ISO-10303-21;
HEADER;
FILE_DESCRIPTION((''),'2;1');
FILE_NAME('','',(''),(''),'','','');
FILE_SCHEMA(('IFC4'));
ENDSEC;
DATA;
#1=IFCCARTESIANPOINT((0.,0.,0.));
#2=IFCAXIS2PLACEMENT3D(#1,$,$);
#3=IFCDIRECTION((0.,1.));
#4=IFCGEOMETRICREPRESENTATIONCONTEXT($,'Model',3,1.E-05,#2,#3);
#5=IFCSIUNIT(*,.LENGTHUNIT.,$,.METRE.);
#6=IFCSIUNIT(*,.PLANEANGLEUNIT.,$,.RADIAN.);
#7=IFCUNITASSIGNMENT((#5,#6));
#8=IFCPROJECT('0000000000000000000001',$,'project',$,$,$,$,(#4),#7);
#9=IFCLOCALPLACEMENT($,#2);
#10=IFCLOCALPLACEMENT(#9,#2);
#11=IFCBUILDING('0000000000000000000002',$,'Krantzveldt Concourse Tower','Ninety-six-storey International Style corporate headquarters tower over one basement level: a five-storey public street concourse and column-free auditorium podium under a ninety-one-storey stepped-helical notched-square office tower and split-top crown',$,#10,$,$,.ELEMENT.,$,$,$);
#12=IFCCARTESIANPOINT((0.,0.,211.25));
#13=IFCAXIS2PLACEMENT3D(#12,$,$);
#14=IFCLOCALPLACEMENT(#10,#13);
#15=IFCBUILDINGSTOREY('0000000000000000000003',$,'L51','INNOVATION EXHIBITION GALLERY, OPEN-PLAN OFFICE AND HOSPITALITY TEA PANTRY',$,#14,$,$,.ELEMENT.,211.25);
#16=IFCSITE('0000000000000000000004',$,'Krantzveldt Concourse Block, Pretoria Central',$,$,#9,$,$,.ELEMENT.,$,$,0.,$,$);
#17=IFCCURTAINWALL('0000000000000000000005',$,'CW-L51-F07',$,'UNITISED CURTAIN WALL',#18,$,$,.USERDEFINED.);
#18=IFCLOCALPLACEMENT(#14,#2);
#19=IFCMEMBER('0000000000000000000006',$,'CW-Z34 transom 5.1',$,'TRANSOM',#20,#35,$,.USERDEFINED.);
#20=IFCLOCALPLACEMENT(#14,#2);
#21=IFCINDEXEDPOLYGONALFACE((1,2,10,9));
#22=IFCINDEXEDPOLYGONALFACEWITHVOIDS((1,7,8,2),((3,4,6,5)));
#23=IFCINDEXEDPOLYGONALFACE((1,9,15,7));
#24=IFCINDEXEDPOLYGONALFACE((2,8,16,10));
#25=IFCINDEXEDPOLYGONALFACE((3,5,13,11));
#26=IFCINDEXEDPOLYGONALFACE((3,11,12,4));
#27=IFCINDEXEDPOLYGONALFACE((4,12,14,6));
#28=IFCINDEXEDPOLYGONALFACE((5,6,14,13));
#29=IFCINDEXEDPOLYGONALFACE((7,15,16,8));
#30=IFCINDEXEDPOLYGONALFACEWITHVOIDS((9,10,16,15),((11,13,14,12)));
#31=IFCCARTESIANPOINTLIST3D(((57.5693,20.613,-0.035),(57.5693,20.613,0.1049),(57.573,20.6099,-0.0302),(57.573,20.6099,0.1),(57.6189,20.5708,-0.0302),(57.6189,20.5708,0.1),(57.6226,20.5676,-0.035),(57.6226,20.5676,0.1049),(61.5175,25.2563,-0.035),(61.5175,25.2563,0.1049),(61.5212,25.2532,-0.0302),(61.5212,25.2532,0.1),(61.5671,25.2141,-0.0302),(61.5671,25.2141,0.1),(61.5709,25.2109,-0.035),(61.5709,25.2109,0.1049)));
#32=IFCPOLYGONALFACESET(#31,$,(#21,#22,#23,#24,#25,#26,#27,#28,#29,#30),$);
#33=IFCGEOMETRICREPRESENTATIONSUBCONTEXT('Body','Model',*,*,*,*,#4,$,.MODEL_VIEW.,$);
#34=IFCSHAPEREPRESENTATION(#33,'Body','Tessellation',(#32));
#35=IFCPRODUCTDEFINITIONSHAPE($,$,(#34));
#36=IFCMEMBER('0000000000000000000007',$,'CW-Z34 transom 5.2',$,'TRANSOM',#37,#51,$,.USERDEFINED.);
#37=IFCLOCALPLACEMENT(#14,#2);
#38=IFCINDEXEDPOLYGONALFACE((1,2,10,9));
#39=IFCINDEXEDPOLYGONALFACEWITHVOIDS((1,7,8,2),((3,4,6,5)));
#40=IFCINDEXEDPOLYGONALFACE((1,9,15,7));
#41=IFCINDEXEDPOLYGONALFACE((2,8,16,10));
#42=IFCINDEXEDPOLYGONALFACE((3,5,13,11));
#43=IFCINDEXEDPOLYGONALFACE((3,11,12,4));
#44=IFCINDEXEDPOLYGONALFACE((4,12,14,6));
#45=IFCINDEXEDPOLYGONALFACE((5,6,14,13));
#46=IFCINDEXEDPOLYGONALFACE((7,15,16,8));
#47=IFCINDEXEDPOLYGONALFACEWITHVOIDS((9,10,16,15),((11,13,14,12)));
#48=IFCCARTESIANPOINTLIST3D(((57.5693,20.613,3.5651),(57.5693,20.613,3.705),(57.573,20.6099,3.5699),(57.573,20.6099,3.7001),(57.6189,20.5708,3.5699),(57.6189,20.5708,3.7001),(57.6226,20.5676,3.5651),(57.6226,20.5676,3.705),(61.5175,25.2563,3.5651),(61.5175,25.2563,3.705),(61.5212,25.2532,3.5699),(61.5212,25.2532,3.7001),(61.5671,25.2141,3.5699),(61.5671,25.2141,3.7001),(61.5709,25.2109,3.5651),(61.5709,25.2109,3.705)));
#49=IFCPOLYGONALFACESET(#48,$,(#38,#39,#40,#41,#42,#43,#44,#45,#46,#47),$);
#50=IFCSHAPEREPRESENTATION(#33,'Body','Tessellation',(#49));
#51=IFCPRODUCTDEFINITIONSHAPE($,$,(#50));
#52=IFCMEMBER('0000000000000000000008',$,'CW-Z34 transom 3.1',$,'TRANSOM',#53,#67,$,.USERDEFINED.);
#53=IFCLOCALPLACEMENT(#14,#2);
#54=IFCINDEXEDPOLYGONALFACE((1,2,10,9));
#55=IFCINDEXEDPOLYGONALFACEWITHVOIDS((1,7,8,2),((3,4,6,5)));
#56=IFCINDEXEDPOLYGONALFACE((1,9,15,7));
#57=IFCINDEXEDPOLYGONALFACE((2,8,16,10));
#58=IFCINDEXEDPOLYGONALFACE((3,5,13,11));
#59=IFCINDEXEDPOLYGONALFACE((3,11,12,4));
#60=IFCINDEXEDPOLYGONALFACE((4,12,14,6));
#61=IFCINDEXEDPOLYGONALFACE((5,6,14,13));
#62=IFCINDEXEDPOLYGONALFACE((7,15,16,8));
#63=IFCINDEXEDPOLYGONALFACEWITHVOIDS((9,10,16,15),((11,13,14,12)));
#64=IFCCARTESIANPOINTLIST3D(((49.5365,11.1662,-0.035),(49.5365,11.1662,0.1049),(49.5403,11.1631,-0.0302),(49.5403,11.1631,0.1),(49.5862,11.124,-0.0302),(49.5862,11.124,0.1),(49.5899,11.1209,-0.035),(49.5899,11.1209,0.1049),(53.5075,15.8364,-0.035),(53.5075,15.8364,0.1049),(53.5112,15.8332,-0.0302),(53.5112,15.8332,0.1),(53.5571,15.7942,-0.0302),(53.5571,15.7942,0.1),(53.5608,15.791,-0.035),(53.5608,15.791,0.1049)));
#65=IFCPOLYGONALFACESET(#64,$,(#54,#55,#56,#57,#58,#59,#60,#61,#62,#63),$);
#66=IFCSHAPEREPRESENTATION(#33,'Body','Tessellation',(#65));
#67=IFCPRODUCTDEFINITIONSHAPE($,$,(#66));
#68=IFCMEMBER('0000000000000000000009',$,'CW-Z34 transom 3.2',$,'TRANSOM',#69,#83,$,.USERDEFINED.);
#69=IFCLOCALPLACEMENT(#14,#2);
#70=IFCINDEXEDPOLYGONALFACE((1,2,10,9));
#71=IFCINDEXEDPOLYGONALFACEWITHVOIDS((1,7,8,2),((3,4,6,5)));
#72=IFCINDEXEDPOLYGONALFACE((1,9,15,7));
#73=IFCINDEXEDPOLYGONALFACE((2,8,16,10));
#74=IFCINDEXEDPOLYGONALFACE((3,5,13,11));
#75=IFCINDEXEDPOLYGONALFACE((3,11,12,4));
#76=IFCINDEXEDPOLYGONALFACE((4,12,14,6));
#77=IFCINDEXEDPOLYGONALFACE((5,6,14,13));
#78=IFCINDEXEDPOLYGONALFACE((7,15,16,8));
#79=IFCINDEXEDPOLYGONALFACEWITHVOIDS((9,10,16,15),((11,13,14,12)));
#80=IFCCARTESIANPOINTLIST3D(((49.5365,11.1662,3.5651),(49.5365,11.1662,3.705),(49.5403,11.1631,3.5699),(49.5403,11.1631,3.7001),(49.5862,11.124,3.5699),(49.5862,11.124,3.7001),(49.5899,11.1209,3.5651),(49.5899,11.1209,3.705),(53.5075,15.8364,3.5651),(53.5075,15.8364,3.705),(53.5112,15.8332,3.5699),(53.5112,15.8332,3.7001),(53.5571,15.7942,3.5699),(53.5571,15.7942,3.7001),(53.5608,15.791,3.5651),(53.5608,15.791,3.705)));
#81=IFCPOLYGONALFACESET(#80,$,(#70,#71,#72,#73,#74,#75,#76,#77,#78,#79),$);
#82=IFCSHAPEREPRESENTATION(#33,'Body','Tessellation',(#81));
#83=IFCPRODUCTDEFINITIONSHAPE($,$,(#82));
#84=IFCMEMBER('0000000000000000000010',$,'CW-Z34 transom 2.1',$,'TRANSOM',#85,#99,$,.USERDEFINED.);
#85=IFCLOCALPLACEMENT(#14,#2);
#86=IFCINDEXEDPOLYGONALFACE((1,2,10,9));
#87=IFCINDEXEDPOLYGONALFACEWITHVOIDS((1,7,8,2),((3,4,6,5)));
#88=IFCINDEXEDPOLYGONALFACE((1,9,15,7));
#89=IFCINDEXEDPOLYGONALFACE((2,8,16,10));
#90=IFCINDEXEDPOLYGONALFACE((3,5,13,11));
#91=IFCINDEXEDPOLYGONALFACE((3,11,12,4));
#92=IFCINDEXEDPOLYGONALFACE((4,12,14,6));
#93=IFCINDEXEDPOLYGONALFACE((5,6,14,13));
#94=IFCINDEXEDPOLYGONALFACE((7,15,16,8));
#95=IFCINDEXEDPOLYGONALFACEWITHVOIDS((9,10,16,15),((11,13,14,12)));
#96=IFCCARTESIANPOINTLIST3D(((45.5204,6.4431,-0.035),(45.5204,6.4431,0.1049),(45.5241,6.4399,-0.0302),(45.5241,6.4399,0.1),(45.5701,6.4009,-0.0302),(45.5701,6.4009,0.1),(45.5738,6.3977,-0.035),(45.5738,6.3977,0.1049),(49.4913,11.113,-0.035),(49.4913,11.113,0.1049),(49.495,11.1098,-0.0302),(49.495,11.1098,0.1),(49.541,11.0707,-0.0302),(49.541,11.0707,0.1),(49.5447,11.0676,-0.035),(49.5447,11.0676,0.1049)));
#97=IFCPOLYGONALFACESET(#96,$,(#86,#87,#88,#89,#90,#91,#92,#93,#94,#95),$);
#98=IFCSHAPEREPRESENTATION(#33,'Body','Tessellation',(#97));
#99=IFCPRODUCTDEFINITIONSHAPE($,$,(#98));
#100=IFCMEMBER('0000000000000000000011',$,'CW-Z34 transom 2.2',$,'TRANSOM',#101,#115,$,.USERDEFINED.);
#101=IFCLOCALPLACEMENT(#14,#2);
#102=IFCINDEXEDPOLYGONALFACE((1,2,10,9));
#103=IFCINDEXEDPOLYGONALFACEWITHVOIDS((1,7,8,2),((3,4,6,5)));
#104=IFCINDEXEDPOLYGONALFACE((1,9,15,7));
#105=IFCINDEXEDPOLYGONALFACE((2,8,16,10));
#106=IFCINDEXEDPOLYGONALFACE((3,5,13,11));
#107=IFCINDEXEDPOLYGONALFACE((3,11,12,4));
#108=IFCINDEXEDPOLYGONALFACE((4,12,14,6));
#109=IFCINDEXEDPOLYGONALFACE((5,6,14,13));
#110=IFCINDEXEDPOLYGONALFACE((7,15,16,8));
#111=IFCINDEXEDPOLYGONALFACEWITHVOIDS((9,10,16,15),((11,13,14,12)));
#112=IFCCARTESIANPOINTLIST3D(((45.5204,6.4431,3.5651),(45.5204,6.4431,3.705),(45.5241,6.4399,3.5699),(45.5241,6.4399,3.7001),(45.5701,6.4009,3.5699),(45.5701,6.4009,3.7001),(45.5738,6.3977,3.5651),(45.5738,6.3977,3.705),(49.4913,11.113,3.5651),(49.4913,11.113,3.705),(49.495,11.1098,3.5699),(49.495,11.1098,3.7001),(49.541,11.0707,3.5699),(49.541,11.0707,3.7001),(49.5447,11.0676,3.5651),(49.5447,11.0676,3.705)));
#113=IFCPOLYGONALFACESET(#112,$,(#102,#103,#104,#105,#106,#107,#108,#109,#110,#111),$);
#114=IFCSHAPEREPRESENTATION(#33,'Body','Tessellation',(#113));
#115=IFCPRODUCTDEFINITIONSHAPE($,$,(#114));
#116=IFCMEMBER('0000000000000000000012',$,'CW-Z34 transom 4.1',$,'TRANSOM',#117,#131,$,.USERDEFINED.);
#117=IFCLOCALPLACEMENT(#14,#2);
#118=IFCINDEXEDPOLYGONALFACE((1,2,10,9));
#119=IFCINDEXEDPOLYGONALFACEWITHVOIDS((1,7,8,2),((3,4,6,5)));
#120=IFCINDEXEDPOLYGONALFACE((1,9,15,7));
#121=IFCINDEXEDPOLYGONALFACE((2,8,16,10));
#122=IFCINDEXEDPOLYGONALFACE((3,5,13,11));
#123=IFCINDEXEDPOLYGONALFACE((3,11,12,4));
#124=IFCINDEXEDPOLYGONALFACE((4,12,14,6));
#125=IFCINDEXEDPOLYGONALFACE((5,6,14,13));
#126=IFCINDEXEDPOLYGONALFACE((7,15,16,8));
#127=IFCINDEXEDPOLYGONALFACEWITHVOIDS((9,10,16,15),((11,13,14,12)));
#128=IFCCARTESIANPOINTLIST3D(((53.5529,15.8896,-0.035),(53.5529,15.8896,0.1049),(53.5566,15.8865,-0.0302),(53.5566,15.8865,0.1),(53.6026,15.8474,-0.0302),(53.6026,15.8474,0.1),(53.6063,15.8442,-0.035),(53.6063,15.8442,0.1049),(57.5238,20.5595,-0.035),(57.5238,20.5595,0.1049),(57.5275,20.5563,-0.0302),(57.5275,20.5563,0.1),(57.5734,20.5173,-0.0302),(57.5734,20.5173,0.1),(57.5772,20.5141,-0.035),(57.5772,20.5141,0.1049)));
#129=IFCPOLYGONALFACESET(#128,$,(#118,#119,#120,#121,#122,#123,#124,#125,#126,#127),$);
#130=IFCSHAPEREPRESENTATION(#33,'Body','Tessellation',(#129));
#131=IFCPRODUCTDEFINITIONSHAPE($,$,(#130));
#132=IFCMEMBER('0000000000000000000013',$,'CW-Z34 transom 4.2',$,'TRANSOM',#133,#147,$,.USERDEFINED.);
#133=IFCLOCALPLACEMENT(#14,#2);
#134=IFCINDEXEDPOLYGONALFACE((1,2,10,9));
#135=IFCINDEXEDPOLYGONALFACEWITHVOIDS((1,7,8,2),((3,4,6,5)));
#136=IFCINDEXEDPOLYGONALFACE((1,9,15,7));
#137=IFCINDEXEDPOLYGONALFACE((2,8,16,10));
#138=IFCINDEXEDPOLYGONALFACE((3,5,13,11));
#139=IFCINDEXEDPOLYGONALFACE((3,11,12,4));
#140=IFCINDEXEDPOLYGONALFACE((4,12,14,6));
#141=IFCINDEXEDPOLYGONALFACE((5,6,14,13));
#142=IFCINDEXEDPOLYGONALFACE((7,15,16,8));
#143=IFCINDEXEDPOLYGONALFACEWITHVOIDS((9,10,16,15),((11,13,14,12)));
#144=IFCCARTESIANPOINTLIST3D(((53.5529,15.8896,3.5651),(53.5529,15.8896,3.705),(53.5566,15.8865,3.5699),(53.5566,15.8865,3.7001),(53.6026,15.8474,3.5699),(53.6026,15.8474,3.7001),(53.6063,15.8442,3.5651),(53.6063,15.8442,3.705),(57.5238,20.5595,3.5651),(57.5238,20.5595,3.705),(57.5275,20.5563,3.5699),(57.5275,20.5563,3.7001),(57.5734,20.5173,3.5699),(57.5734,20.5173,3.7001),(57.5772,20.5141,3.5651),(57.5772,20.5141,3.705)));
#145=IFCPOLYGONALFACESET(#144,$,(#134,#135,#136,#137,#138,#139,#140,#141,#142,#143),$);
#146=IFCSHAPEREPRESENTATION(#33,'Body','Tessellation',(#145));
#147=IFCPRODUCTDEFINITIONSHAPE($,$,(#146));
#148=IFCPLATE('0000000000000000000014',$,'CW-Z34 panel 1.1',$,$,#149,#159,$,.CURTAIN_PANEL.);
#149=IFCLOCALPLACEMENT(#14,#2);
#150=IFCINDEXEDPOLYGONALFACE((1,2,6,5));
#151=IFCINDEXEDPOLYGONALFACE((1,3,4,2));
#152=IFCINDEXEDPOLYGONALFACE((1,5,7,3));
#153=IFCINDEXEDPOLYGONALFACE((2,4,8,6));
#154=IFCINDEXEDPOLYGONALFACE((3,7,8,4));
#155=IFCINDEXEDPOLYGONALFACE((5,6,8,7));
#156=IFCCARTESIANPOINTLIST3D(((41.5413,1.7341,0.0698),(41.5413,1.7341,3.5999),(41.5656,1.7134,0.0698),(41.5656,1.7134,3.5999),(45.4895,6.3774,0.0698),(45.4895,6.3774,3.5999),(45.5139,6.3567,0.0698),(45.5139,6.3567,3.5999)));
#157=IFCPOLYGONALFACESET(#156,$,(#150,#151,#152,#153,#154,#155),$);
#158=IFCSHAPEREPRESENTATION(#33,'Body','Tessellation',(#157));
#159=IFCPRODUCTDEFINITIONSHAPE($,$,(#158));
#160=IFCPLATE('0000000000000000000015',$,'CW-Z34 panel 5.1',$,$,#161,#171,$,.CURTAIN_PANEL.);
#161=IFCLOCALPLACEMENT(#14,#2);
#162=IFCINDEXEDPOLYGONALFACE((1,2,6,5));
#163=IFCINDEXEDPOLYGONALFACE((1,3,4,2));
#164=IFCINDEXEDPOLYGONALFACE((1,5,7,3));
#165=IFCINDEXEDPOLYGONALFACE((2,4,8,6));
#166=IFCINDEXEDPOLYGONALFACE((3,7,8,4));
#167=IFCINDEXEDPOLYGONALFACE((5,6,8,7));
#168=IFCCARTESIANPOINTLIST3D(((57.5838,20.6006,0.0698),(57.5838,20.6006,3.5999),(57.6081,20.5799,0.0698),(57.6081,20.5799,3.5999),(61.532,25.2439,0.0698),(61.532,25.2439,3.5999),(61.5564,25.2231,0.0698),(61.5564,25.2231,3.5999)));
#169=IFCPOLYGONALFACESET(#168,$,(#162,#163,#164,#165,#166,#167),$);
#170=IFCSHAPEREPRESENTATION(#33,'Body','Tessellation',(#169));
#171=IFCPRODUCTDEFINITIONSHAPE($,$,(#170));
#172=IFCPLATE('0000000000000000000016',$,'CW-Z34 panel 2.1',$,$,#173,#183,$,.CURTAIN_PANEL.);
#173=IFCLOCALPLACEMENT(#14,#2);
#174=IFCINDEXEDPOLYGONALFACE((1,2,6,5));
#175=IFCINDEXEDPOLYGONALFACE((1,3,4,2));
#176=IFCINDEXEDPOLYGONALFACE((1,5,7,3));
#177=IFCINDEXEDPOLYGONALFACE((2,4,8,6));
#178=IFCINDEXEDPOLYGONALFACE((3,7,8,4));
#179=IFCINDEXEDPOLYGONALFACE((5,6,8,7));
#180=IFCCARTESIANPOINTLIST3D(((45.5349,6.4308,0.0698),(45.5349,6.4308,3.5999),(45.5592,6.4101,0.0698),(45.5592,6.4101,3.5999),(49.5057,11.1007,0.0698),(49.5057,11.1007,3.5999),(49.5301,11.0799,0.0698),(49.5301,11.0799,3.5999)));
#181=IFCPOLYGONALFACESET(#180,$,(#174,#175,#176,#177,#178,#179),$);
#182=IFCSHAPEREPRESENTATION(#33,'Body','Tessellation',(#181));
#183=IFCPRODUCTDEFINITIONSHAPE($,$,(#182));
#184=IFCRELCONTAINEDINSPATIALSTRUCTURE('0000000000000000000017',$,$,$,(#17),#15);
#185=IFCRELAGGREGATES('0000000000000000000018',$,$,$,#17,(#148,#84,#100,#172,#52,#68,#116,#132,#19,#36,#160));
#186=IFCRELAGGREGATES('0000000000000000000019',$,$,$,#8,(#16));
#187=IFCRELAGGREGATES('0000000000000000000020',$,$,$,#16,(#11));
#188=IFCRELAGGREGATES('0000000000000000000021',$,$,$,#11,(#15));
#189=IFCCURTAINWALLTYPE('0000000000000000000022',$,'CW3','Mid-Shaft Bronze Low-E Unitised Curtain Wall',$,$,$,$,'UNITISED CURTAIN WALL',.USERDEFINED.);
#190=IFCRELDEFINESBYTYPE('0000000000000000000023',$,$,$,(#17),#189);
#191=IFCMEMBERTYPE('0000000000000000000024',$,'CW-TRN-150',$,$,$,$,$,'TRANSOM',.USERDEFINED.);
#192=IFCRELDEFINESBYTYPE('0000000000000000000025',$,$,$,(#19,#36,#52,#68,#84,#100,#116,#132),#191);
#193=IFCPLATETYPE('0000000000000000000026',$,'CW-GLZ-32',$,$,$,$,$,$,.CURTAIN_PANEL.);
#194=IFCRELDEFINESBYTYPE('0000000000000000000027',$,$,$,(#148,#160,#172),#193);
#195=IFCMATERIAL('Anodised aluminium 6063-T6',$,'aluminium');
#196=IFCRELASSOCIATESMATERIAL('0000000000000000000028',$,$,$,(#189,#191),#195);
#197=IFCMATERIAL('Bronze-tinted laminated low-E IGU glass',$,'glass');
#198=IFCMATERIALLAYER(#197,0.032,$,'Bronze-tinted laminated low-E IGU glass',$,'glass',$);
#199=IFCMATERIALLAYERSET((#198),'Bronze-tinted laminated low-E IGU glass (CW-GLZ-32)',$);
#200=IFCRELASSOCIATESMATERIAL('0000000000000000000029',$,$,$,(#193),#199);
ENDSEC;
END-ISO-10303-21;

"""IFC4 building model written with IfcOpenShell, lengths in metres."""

from ifc_helpers import new_model, si_unit, direction, frame, origin, origin_2d, place, context, subcontext, project, spatial, rectangle, hollow_rectangle, extrude, source, transform, mapped, material, layer, layer_set, material_profile, profile_set, type_object, type_shapes, element, aggregate, save


model = new_model("IFC4")

# Units and contexts
model_context = context("Model", 3, precision=1e-05, world=origin(), true_north=direction((0.0, 1.0)))
body_context = subcontext(model_context, "Body", "Model", "MODEL_VIEW")
ifc_project = project(units=[si_unit("LENGTHUNIT", "METRE"), si_unit("PLANEANGLEUNIT", "RADIAN")], contexts=[model_context])

# Site, building, storey
site_placement = place(None, origin())
site = spatial("IfcSite", under=ifc_project, at=site_placement, Name="Krantzveldt Concourse Block, Pretoria Central", CompositionType="ELEMENT", RefElevation=0.0)
building_placement = place(site_placement, origin())
building = spatial("IfcBuilding", under=site, at=building_placement, Name="Krantzveldt Concourse Tower", Description="Ninety-six-storey International Style corporate headquarters tower over one basement level: a five-storey public street concourse and column-free auditorium podium under a ninety-one-storey stepped-helical notched-square office tower and split-top crown", CompositionType="ELEMENT")
storey_placement = place(building_placement, frame((0.0, 0.0, 211.25)))
storey = spatial("IfcBuildingStorey", under=building, at=storey_placement, Name="L51", Description="INNOVATION EXHIBITION GALLERY, OPEN-PLAN OFFICE AND HOSPITALITY TEA PANTRY", CompositionType="ELEMENT", Elevation=211.25)

# Curtain wall, members, plates
ifc_material_1 = material(Name="Anodised aluminium 6063-T6", Category="aluminium")
curtain_wall_type = type_object("IfcCurtainWallType", Name="CW3", Description="Mid-Shaft Bronze Low-E Unitised Curtain Wall", ElementType="UNITISED CURTAIN WALL", PredefinedType="USERDEFINED", material=ifc_material_1)
curtain_wall_placement = place(storey_placement, origin())
curtain_wall = element("IfcCurtainWall", 1, at=curtain_wall_placement, inside=storey, type_object=curtain_wall_type, Name="CW-L51-F07", ObjectType="UNITISED CURTAIN WALL", PredefinedType="USERDEFINED")
ifc_material_profile_1 = material_profile(ifc_material_1, hollow_rectangle(XDim=0.0701, YDim=0.1399, WallThickness=0.0049, at=origin_2d()), Name="Anodised aluminium 6063-T6", Category="aluminium")
ifc_profile_set_1 = profile_set([ifc_material_profile_1], Name="Anodised aluminium 6063-T6 - ALU-TRAN 140x70x5")
member_type_1 = type_object("IfcMemberType", Name="CW-TRN-150", ElementType="TRANSOM", PredefinedType="USERDEFINED", material=ifc_profile_set_1)
shared_shape_1 = source(origin(), body_context, "Body", "SweptSolid", [
    extrude(hollow_rectangle(XDim=0.0701, YDim=0.1399, WallThickness=0.0049, at=origin_2d()), origin(), (0.0, 0.0, 1.0), 6.095),
])
member_1_placement = place(storey_placement, frame((57.5959, 20.5903, 0.0349), z_axis=(0.647784, 0.761824, 0.0), x_axis=(-0.761824, 0.647784, 0.0)))
member_1 = element("IfcMember", 2, at=member_1_placement, type_object=member_type_1, Name="CW-Z34 transom 5.1", ObjectType="TRANSOM", PredefinedType="USERDEFINED", context=body_context, shape_type="MappedRepresentation", body=[
    mapped(shared_shape_1, transform((0.0, 0.0, 0.0), x_axis=(1.0, 0.0, 0.0), y_axis=(0.0, 1.0, 0.0), z_axis=(0.0, 0.0, 1.0), scale=1.0)),
])
member_2_placement = place(storey_placement, frame((57.5959, 20.5903, 3.635), z_axis=(0.647784, 0.761824, 0.0), x_axis=(-0.761824, 0.647784, 0.0)))
member_2 = element("IfcMember", 3, at=member_2_placement, type_object=member_type_1, Name="CW-Z34 transom 5.2", ObjectType="TRANSOM", PredefinedType="USERDEFINED", context=body_context, shape_type="MappedRepresentation", body=[
    mapped(shared_shape_1, transform((0.0, 0.0, 0.0), x_axis=(1.0, 0.0, 0.0), y_axis=(0.0, 1.0, 0.0), z_axis=(0.0, 0.0, 1.0), scale=1.0)),
])
shared_shape_2 = source(origin(), body_context, "Body", "SweptSolid", [
    extrude(hollow_rectangle(XDim=0.0701, YDim=0.1399, WallThickness=0.0049, at=origin_2d()), origin(), (0.0, 0.0, 1.0), 6.1301),
])
member_3_placement = place(storey_placement, frame((49.5632, 11.1436, 0.0349), z_axis=(0.647772, 0.761834, 0.0), x_axis=(-0.761834, 0.647772, 0.0)))
member_3 = element("IfcMember", 4, at=member_3_placement, type_object=member_type_1, Name="CW-Z34 transom 3.1", ObjectType="TRANSOM", PredefinedType="USERDEFINED", context=body_context, shape_type="MappedRepresentation", body=[
    mapped(shared_shape_2, transform((0.0, 0.0, 0.0), x_axis=(1.0, 0.0, 0.0), y_axis=(0.0, 1.0, 0.0), z_axis=(0.0, 0.0, 1.0), scale=1.0)),
])
member_4_placement = place(storey_placement, frame((49.5632, 11.1436, 3.635), z_axis=(0.647772, 0.761834, 0.0), x_axis=(-0.761834, 0.647772, 0.0)))
member_4 = element("IfcMember", 5, at=member_4_placement, type_object=member_type_1, Name="CW-Z34 transom 3.2", ObjectType="TRANSOM", PredefinedType="USERDEFINED", context=body_context, shape_type="MappedRepresentation", body=[
    mapped(shared_shape_2, transform((0.0, 0.0, 0.0), x_axis=(1.0, 0.0, 0.0), y_axis=(0.0, 1.0, 0.0), z_axis=(0.0, 0.0, 1.0), scale=1.0)),
])
shared_shape_3 = source(origin(), body_context, "Body", "SweptSolid", [
    extrude(hollow_rectangle(XDim=0.0701, YDim=0.1399, WallThickness=0.0049, at=origin_2d()), origin(), (0.0, 0.0, 1.0), 6.1299),
])
type_shapes(member_type_1, [shared_shape_1, shared_shape_2, shared_shape_3])
member_5_placement = place(storey_placement, frame((45.5471, 6.4204, 0.0349), z_axis=(0.647792, 0.761817, 0.0), x_axis=(-0.761817, 0.647792, 0.0)))
member_5 = element("IfcMember", 6, at=member_5_placement, type_object=member_type_1, Name="CW-Z34 transom 2.1", ObjectType="TRANSOM", PredefinedType="USERDEFINED", context=body_context, shape_type="MappedRepresentation", body=[
    mapped(shared_shape_3, transform((0.0, 0.0, 0.0), x_axis=(1.0, 0.0, 0.0), y_axis=(0.0, 1.0, 0.0), z_axis=(0.0, 0.0, 1.0), scale=1.0)),
])
member_6_placement = place(storey_placement, frame((45.5471, 6.4204, 3.635), z_axis=(0.647792, 0.761817, 0.0), x_axis=(-0.761817, 0.647792, 0.0)))
member_6 = element("IfcMember", 7, at=member_6_placement, type_object=member_type_1, Name="CW-Z34 transom 2.2", ObjectType="TRANSOM", PredefinedType="USERDEFINED", context=body_context, shape_type="MappedRepresentation", body=[
    mapped(shared_shape_3, transform((0.0, 0.0, 0.0), x_axis=(1.0, 0.0, 0.0), y_axis=(0.0, 1.0, 0.0), z_axis=(0.0, 0.0, 1.0), scale=1.0)),
])
member_7_placement = place(storey_placement, frame((53.5796, 15.8669, 0.0349), z_axis=(0.647792, 0.761817, 0.0), x_axis=(-0.761817, 0.647792, 0.0)))
member_7 = element("IfcMember", 8, at=member_7_placement, type_object=member_type_1, Name="CW-Z34 transom 4.1", ObjectType="TRANSOM", PredefinedType="USERDEFINED", context=body_context, shape_type="MappedRepresentation", body=[
    mapped(shared_shape_3, transform((0.0, 0.0, 0.0), x_axis=(1.0, 0.0, 0.0), y_axis=(0.0, 1.0, 0.0), z_axis=(0.0, 0.0, 1.0), scale=1.0)),
])
member_8_placement = place(storey_placement, frame((53.5796, 15.8669, 3.635), z_axis=(0.647792, 0.761817, 0.0), x_axis=(-0.761817, 0.647792, 0.0)))
member_8 = element("IfcMember", 9, at=member_8_placement, type_object=member_type_1, Name="CW-Z34 transom 4.2", ObjectType="TRANSOM", PredefinedType="USERDEFINED", context=body_context, shape_type="MappedRepresentation", body=[
    mapped(shared_shape_3, transform((0.0, 0.0, 0.0), x_axis=(1.0, 0.0, 0.0), y_axis=(0.0, 1.0, 0.0), z_axis=(0.0, 0.0, 1.0), scale=1.0)),
])
ifc_material_2 = material(Name="Bronze-tinted laminated low-E IGU glass", Category="glass")
ifc_layer_1 = layer(ifc_material_2, 0.032, Name="Bronze-tinted laminated low-E IGU glass", Category="glass")
ifc_layer_set_1 = layer_set([ifc_layer_1], Name="Bronze-tinted laminated low-E IGU glass (CW-GLZ-32)")
plate_type = type_object("IfcPlateType", Name="CW-GLZ-32", PredefinedType="CURTAIN_PANEL", material=ifc_layer_set_1)
shared_shape_4 = source(origin(), body_context, "Body", "SweptSolid", [
    extrude(rectangle(XDim=6.095, YDim=0.032, at=origin_2d()), origin(), (0.0, 0.0, 1.0), 3.53),
])
plate_1_placement = place(storey_placement, frame((43.5276, 4.0454, 0.0698), z_axis=(0.0, 0.0, 1.0), x_axis=(0.647788, 0.761821, 0.0)))
plate_1 = element("IfcPlate", 10, at=plate_1_placement, type_object=plate_type, Name="CW-Z34 panel 1.1", PredefinedType="CURTAIN_PANEL", context=body_context, shape_type="MappedRepresentation", body=[
    mapped(shared_shape_4, transform((0.0, 0.0, 0.0), x_axis=(1.0, 0.0, 0.0), y_axis=(0.0, 1.0, 0.0), z_axis=(0.0, 0.0, 1.0), scale=1.0)),
])
plate_2_placement = place(storey_placement, frame((59.5701, 22.9119, 0.0698), z_axis=(0.0, 0.0, 1.0), x_axis=(0.647788, 0.761821, 0.0)))
plate_2 = element("IfcPlate", 11, at=plate_2_placement, type_object=plate_type, Name="CW-Z34 panel 5.1", PredefinedType="CURTAIN_PANEL", context=body_context, shape_type="MappedRepresentation", body=[
    mapped(shared_shape_4, transform((0.0, 0.0, 0.0), x_axis=(1.0, 0.0, 0.0), y_axis=(0.0, 1.0, 0.0), z_axis=(0.0, 0.0, 1.0), scale=1.0)),
])
shared_shape_5 = source(origin(), body_context, "Body", "SweptSolid", [
    extrude(rectangle(XDim=6.1299, YDim=0.032, at=origin_2d()), origin(), (0.0, 0.0, 1.0), 3.53),
])
type_shapes(plate_type, [shared_shape_4, shared_shape_5])
plate_3_placement = place(storey_placement, frame((47.5325, 8.7554, 0.0698), z_axis=(0.0, 0.0, 1.0), x_axis=(0.647788, 0.761821, 0.0)))
plate_3 = element("IfcPlate", 12, at=plate_3_placement, type_object=plate_type, Name="CW-Z34 panel 2.1", PredefinedType="CURTAIN_PANEL", context=body_context, shape_type="MappedRepresentation", body=[
    mapped(shared_shape_5, transform((0.0, 0.0, 0.0), x_axis=(1.0, 0.0, 0.0), y_axis=(0.0, 1.0, 0.0), z_axis=(0.0, 0.0, 1.0), scale=1.0)),
])
aggregate(curtain_wall, [plate_1, member_5, member_6, plate_3, member_3, member_4, member_7, member_8, member_1, member_2, plate_2])

save(model, "model.ifc")
